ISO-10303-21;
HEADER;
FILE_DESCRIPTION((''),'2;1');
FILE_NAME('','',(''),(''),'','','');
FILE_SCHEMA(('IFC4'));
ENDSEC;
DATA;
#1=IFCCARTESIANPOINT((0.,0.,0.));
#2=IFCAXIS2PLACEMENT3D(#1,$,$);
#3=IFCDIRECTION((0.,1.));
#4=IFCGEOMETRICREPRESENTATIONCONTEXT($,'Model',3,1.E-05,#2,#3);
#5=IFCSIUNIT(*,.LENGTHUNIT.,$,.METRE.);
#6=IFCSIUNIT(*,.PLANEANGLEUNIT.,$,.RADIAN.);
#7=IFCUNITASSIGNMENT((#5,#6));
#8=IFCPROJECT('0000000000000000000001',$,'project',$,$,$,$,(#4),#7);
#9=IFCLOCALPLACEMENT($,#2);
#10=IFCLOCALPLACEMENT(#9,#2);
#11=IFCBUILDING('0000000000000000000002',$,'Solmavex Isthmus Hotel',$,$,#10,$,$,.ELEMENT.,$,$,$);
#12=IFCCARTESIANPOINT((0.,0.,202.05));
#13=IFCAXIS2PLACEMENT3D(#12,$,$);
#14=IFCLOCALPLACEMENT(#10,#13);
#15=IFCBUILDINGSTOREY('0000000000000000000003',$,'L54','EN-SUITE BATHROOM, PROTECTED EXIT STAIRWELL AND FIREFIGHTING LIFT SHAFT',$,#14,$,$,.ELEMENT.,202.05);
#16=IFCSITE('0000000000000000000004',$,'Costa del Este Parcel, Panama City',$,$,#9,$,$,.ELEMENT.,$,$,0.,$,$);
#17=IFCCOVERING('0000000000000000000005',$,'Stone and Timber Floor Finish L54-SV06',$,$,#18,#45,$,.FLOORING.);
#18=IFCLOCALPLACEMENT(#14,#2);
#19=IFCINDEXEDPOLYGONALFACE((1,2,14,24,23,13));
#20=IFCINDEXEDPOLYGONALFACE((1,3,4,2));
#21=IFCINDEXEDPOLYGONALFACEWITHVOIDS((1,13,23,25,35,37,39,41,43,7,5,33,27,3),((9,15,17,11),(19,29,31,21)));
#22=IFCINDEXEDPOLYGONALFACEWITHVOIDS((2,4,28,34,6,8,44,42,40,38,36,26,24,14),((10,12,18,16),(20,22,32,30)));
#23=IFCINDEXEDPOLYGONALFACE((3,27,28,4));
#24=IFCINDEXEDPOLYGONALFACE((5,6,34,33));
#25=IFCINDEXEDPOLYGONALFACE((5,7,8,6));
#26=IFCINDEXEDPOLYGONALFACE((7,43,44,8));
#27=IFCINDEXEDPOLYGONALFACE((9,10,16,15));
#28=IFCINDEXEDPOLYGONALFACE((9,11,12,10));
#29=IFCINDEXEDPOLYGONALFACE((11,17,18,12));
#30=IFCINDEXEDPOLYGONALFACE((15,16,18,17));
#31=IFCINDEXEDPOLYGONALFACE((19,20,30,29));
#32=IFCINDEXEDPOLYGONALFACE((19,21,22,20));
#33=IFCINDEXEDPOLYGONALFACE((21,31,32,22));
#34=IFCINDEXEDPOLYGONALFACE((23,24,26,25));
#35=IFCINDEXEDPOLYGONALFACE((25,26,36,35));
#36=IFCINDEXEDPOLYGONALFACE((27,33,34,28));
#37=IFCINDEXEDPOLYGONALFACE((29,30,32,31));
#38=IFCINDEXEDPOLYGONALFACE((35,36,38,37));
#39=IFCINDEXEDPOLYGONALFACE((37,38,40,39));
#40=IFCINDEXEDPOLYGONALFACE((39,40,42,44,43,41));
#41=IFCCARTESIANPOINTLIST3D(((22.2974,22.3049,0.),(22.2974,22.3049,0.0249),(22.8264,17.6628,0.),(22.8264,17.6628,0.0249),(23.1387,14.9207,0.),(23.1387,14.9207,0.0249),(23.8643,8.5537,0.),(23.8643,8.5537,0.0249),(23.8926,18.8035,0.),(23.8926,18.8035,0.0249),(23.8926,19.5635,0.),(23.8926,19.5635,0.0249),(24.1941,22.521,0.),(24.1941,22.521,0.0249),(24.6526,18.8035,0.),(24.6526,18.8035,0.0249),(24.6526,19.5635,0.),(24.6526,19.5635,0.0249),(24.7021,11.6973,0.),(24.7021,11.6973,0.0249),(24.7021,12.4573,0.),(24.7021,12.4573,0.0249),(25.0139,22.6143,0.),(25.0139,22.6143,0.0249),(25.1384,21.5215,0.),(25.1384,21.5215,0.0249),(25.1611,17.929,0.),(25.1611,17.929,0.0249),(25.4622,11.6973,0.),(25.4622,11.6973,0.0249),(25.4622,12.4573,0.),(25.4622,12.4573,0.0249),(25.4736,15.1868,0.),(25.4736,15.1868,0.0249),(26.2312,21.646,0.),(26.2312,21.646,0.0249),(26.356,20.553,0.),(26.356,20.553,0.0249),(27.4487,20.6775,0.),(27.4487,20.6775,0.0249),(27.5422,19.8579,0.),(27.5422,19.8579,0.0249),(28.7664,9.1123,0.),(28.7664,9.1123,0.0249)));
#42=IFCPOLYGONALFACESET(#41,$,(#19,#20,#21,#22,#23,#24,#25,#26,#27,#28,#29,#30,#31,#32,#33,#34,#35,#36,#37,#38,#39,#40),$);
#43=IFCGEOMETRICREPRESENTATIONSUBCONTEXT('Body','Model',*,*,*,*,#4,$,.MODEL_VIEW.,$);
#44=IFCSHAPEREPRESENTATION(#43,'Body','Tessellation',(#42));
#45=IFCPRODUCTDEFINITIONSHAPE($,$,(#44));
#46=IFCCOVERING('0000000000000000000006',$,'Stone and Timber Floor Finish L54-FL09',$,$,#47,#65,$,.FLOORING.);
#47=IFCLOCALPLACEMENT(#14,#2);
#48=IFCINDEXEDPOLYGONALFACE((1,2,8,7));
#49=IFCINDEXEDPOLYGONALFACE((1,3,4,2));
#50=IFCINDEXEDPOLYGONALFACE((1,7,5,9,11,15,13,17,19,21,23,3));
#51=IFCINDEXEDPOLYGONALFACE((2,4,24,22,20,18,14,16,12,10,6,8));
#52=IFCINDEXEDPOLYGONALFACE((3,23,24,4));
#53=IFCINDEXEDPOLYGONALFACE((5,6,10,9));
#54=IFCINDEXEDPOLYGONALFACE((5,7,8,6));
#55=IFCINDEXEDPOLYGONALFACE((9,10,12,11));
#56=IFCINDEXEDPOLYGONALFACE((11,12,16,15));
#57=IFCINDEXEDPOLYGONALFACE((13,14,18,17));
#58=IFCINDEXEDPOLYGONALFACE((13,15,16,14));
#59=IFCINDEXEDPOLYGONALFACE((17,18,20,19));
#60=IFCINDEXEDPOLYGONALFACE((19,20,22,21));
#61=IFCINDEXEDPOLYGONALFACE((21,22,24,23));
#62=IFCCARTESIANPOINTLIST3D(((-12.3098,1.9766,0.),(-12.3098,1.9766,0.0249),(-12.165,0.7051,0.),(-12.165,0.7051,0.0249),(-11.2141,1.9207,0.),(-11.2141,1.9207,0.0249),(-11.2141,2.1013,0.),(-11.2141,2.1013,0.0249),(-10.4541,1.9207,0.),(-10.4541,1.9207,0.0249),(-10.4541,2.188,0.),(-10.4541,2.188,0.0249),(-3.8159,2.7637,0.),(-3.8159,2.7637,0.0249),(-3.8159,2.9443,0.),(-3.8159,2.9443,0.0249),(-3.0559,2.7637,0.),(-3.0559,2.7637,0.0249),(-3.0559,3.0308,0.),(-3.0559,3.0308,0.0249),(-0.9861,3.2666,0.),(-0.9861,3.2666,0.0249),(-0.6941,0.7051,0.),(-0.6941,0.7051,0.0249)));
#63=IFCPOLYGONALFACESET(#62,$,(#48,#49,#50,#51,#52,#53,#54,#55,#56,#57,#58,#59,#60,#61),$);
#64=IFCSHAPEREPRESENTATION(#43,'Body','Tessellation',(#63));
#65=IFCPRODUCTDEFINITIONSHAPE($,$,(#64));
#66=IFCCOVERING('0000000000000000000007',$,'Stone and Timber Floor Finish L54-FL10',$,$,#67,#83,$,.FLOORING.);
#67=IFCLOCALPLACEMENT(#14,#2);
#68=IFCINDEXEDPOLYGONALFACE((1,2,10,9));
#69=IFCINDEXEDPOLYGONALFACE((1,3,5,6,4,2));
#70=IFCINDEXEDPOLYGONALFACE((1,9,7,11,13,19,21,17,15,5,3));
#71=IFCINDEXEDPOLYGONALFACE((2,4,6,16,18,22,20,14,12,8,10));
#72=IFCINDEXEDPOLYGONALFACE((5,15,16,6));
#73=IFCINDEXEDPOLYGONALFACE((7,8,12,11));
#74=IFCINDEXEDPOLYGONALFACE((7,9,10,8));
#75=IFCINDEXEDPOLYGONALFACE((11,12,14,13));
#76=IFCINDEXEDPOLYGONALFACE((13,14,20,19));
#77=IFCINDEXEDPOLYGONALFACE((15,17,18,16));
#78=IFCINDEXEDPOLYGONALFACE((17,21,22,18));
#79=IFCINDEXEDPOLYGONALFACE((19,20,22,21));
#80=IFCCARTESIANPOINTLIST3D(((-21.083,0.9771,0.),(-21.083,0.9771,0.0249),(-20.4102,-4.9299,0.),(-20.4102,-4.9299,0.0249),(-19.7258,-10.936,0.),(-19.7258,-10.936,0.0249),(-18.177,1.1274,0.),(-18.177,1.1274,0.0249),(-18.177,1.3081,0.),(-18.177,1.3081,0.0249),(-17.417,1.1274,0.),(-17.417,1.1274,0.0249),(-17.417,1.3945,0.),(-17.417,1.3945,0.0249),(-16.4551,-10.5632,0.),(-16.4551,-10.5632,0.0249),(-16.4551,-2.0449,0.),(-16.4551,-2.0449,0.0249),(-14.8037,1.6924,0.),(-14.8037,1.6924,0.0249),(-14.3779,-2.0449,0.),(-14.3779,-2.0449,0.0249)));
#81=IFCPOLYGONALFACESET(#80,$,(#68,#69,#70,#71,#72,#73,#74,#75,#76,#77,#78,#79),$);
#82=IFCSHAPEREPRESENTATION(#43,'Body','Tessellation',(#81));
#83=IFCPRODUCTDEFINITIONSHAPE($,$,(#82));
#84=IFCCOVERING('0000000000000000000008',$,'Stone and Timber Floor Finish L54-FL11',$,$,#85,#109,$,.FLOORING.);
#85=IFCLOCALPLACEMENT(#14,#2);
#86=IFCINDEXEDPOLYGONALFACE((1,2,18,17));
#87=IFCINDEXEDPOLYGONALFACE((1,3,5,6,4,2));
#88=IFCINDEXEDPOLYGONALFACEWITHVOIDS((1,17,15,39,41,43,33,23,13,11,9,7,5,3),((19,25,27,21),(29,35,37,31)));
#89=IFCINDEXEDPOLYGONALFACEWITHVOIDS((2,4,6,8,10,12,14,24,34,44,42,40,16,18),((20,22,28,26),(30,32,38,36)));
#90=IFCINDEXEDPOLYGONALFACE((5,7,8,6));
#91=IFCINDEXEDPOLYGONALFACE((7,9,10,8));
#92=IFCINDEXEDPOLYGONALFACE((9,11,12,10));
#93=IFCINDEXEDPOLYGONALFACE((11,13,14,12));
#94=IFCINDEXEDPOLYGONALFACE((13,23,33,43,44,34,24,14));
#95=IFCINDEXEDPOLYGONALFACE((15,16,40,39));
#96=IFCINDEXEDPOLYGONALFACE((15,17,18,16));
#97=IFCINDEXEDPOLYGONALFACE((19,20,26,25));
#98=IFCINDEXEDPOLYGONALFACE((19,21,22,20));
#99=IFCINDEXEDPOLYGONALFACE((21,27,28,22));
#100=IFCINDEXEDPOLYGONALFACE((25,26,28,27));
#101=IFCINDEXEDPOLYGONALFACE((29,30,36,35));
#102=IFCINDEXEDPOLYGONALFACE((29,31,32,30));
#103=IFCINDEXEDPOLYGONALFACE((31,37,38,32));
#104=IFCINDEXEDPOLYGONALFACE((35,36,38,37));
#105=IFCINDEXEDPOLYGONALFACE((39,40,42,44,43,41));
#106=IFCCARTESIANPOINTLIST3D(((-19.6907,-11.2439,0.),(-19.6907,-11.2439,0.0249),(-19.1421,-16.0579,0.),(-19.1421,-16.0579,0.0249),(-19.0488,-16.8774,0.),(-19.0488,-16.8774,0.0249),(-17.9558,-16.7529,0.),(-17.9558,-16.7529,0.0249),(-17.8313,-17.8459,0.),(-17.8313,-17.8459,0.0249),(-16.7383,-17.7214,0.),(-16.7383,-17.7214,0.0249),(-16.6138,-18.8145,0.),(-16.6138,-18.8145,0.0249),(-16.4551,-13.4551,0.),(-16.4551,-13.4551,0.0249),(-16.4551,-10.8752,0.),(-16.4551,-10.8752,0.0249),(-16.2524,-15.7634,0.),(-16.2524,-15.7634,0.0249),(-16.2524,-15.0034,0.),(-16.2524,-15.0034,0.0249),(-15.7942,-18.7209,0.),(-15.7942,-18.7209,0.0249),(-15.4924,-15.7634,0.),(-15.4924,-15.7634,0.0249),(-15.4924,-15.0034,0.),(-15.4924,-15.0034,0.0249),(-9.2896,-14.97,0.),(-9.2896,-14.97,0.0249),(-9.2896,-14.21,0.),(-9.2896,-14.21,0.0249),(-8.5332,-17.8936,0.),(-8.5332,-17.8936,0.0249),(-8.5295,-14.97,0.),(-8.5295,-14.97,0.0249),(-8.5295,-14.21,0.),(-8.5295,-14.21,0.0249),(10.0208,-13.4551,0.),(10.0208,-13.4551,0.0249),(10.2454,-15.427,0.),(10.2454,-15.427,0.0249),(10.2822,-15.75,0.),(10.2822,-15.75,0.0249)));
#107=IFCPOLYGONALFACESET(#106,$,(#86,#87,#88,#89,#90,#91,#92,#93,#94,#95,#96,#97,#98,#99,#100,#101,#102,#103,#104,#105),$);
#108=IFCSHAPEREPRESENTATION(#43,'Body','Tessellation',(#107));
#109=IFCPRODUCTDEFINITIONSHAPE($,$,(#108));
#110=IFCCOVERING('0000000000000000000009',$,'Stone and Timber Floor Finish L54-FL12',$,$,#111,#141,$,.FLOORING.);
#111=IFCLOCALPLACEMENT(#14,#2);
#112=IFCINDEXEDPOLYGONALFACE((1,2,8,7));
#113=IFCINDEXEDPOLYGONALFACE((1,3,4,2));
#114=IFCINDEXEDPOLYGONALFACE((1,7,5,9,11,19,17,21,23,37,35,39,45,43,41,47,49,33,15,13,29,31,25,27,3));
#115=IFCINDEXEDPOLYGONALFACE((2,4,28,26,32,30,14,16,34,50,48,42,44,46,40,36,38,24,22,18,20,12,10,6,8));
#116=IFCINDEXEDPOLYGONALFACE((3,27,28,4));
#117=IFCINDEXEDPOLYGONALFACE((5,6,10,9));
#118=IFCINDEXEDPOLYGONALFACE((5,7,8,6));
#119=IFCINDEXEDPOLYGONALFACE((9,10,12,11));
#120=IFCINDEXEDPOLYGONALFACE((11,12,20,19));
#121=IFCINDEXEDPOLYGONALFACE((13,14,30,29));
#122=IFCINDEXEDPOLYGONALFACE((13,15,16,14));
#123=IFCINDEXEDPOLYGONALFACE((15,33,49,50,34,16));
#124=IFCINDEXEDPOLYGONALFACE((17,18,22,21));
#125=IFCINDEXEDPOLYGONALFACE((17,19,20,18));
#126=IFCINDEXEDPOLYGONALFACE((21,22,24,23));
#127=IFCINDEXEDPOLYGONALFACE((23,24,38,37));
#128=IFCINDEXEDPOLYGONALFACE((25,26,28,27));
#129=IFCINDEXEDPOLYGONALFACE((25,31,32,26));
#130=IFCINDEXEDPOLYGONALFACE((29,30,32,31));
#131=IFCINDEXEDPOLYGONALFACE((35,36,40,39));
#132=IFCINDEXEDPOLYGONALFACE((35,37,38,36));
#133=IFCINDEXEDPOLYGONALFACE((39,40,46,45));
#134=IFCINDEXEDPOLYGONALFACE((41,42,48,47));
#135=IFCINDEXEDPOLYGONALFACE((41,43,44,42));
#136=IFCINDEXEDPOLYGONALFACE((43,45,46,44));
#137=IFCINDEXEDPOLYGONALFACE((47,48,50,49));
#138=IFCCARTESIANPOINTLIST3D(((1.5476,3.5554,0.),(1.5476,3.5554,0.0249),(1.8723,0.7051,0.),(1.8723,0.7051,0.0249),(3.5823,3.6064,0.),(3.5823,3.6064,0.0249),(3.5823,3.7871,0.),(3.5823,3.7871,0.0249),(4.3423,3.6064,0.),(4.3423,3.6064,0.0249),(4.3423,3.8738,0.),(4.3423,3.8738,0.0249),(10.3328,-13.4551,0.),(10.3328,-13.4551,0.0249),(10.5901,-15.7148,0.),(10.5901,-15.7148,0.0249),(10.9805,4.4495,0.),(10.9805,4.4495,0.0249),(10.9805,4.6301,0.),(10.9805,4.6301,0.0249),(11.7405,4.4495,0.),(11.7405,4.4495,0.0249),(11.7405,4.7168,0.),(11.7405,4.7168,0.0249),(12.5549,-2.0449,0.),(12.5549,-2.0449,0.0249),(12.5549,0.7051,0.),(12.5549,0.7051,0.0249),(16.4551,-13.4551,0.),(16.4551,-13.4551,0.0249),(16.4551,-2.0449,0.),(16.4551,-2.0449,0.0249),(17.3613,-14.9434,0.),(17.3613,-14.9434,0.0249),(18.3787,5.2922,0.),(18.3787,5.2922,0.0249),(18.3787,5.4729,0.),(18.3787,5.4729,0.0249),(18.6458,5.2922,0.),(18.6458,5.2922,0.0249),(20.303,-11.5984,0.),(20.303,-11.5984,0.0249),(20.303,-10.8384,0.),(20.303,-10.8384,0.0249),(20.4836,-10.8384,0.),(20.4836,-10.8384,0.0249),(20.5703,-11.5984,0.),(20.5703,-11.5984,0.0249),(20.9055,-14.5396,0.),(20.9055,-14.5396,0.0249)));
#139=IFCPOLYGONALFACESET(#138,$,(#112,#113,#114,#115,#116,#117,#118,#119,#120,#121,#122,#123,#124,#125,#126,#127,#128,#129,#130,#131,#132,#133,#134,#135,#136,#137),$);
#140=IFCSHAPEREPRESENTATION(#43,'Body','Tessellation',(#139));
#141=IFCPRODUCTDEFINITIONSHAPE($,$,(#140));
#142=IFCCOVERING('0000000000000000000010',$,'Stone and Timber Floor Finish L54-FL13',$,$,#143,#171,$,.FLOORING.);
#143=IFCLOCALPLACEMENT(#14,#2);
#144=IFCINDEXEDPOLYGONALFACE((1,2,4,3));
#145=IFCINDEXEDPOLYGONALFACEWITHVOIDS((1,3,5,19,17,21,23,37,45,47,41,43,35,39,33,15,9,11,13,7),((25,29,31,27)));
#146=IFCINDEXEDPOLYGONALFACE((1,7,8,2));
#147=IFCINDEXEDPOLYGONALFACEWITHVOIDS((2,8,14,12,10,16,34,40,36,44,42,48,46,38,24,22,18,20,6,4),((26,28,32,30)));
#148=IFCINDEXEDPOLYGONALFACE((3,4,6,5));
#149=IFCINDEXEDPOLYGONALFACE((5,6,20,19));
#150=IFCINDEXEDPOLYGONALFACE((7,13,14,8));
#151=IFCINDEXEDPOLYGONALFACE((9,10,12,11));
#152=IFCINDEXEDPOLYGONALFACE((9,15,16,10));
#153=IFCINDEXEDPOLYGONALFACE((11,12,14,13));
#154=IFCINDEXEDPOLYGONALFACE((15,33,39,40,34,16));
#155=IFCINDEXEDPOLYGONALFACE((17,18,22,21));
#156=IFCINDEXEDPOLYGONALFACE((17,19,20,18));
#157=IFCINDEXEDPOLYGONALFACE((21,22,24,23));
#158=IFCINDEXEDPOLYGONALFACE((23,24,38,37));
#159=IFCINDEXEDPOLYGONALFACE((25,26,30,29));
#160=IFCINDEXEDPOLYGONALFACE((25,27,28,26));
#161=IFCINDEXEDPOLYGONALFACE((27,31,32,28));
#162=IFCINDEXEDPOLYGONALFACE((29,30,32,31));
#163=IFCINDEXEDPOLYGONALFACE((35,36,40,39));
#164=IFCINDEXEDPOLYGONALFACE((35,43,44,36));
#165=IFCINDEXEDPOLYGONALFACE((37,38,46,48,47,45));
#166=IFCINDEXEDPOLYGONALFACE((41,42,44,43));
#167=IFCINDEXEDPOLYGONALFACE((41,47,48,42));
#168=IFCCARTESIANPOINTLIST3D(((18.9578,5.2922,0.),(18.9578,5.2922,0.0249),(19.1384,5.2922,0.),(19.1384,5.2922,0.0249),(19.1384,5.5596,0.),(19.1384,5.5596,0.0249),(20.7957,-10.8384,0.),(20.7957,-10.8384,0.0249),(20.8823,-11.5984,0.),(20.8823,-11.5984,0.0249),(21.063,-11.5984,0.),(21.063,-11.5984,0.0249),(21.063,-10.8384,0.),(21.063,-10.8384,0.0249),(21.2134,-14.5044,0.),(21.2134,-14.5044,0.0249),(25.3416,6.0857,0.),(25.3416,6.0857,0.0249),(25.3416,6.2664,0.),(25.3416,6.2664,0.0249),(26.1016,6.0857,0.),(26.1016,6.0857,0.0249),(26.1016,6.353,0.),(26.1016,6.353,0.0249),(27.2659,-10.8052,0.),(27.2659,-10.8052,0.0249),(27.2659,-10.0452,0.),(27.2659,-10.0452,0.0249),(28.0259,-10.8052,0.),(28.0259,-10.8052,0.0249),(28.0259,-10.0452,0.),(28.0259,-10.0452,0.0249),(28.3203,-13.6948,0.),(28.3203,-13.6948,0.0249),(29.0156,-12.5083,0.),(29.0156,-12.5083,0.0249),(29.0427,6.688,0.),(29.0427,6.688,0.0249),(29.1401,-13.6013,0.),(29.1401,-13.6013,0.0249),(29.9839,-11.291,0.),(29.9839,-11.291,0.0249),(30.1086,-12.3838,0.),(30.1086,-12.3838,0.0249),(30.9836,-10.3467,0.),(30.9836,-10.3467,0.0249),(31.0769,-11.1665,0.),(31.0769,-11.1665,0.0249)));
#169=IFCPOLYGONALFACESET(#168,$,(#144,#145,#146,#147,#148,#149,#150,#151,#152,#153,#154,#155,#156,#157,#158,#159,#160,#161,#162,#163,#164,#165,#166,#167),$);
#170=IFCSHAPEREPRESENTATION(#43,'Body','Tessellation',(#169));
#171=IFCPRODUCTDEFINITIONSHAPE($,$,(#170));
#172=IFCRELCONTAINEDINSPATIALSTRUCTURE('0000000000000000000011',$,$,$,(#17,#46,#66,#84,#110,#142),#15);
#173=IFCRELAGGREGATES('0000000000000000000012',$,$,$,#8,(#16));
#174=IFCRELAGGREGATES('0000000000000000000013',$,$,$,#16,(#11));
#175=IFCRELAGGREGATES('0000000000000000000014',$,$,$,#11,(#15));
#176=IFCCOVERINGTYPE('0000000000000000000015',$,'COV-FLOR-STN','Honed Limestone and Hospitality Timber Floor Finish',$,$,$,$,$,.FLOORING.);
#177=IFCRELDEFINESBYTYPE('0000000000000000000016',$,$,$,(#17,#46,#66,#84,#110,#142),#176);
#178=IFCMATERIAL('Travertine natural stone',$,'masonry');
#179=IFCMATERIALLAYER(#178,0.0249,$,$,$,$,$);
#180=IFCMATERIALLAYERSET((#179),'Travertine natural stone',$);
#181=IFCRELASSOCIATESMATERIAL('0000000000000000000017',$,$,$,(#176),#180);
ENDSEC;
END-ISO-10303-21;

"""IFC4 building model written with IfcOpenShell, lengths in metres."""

from ifc_helpers import new_model, si_unit, direction, frame, origin, place, context, subcontext, project, spatial, polyline, outline, extrude, material, layer, layer_set, type_object, element, save


model = new_model("IFC4")

# Units and contexts
model_context = context("Model", 3, precision=1e-05, world=origin(), true_north=direction((0.0, 1.0)))
body_context = subcontext(model_context, "Body", "Model", "MODEL_VIEW")
ifc_project = project(units=[si_unit("LENGTHUNIT", "METRE"), si_unit("PLANEANGLEUNIT", "RADIAN")], contexts=[model_context])

# Site, building, storey
site_placement = place(None, origin())
site = spatial("IfcSite", under=ifc_project, at=site_placement, Name="Costa del Este Parcel, Panama City", CompositionType="ELEMENT", RefElevation=0.0)
building_placement = place(site_placement, origin())
building = spatial("IfcBuilding", under=site, at=building_placement, Name="Solmavex Isthmus Hotel", CompositionType="ELEMENT")
storey_placement = place(building_placement, frame((0.0, 0.0, 202.05)))
storey = spatial("IfcBuildingStorey", under=building, at=storey_placement, Name="L54", Description="EN-SUITE BATHROOM, PROTECTED EXIT STAIRWELL AND FIREFIGHTING LIFT SHAFT", CompositionType="ELEMENT", Elevation=202.05)

# Coverings
ifc_material_1 = material(Name="Travertine natural stone", Category="masonry")
ifc_layer_1 = layer(ifc_material_1, 0.0249)
ifc_layer_set_1 = layer_set([ifc_layer_1], Name="Travertine natural stone")
covering_type_1 = type_object("IfcCoveringType", Name="COV-FLOR-STN", Description="Honed Limestone and Hospitality Timber Floor Finish", PredefinedType="FLOORING", material=ifc_layer_set_1)
covering_1_placement = place(storey_placement, origin())
element("IfcCovering", 1, at=covering_1_placement, inside=storey, type_object=covering_type_1, Name="Stone and Timber Floor Finish L54-SV06", PredefinedType="FLOORING", context=body_context, shape_type="SweptSolid", body=[
    extrude(outline(polyline([(25.1384, 21.5215), (25.0139, 22.6143), (24.1941, 22.521), (22.2974, 22.3049), (22.8264, 17.6628), (25.1611, 17.929), (25.4736, 15.1868), (23.1387, 14.9207), (23.8643, 8.5537), (28.7664, 9.1123), (27.5422, 19.8579), (27.4487, 20.6775), (26.356, 20.553), (26.2312, 21.646), (25.1384, 21.5215)]), holes=[polyline([(24.7021, 11.6973), (24.7021, 12.4573), (25.4622, 12.4573), (25.4622, 11.6973), (24.7021, 11.6973)]), polyline([(23.8926, 19.5635), (24.6526, 19.5635), (24.6526, 18.8035), (23.8926, 18.8035), (23.8926, 19.5635)])]), origin(), (0.0, 0.0, 1.0), 0.0249),
])
covering_2_placement = place(storey_placement, origin())
element("IfcCovering", 2, at=covering_2_placement, inside=storey, type_object=covering_type_1, Name="Stone and Timber Floor Finish L54-FL09", PredefinedType="FLOORING", context=body_context, shape_type="SweptSolid", body=[
    extrude(outline(polyline([(-10.4541, 2.188), (-10.4541, 1.9207), (-11.2141, 1.9207), (-11.2141, 2.1013), (-12.3098, 1.9766), (-12.165, 0.7051), (-0.6941, 0.7051), (-0.9861, 3.2666), (-3.0559, 3.0308), (-3.0559, 2.7637), (-3.8159, 2.7637), (-3.8159, 2.9443), (-10.4541, 2.188)])), origin(), (0.0, 0.0, 1.0), 0.0249),
])
covering_3_placement = place(storey_placement, origin())
element("IfcCovering", 3, at=covering_3_placement, inside=storey, type_object=covering_type_1, Name="Stone and Timber Floor Finish L54-FL10", PredefinedType="FLOORING", context=body_context, shape_type="SweptSolid", body=[
    extrude(outline(polyline([(-17.417, 1.3945), (-17.417, 1.1274), (-18.177, 1.1274), (-18.177, 1.3081), (-21.083, 0.9771), (-20.4102, -4.9299), (-19.7258, -10.936), (-16.4551, -10.5632), (-16.4551, -2.0449), (-14.3779, -2.0449), (-14.8037, 1.6924), (-17.417, 1.3945)])), origin(), (0.0, 0.0, 1.0), 0.0249),
])
covering_4_placement = place(storey_placement, origin())
element("IfcCovering", 4, at=covering_4_placement, inside=storey, type_object=covering_type_1, Name="Stone and Timber Floor Finish L54-FL11", PredefinedType="FLOORING", context=body_context, shape_type="SweptSolid", body=[
    extrude(outline(polyline([(-8.5332, -17.8936), (10.2822, -15.75), (10.2454, -15.427), (10.0208, -13.4551), (-16.4551, -13.4551), (-16.4551, -10.8752), (-19.6907, -11.2439), (-19.1421, -16.0579), (-19.0488, -16.8774), (-17.9558, -16.7529), (-17.8313, -17.8459), (-16.7383, -17.7214), (-16.6138, -18.8145), (-15.7942, -18.7209), (-8.5332, -17.8936)]), holes=[polyline([(-9.2896, -14.97), (-9.2896, -14.21), (-8.5295, -14.21), (-8.5295, -14.97), (-9.2896, -14.97)]), polyline([(-16.2524, -15.7634), (-16.2524, -15.0034), (-15.4924, -15.0034), (-15.4924, -15.7634), (-16.2524, -15.7634)])]), origin(), (0.0, 0.0, 1.0), 0.0249),
])
covering_5_placement = place(storey_placement, origin())
element("IfcCovering", 5, at=covering_5_placement, inside=storey, type_object=covering_type_1, Name="Stone and Timber Floor Finish L54-FL12", PredefinedType="FLOORING", context=body_context, shape_type="SweptSolid", body=[
    extrude(outline(polyline([(4.3423, 3.8738), (4.3423, 3.6064), (3.5823, 3.6064), (3.5823, 3.7871), (1.5476, 3.5554), (1.8723, 0.7051), (12.5549, 0.7051), (12.5549, -2.0449), (16.4551, -2.0449), (16.4551, -13.4551), (10.3328, -13.4551), (10.5901, -15.7148), (17.3613, -14.9434), (20.9055, -14.5396), (20.5703, -11.5984), (20.303, -11.5984), (20.303, -10.8384), (20.4836, -10.8384), (18.6458, 5.2922), (18.3787, 5.2922), (18.3787, 5.4729), (11.7405, 4.7168), (11.7405, 4.4495), (10.9805, 4.4495), (10.9805, 4.6301), (4.3423, 3.8738)])), origin(), (0.0, 0.0, 1.0), 0.0249),
])
covering_6_placement = place(storey_placement, origin())
element("IfcCovering", 6, at=covering_6_placement, inside=storey, type_object=covering_type_1, Name="Stone and Timber Floor Finish L54-FL13", PredefinedType="FLOORING", context=body_context, shape_type="SweptSolid", body=[
    extrude(outline(polyline([(20.7957, -10.8384), (21.063, -10.8384), (21.063, -11.5984), (20.8823, -11.5984), (21.2134, -14.5044), (28.3203, -13.6948), (29.1401, -13.6013), (29.0156, -12.5083), (30.1086, -12.3838), (29.9839, -11.291), (31.0769, -11.1665), (30.9836, -10.3467), (29.0427, 6.688), (26.1016, 6.353), (26.1016, 6.0857), (25.3416, 6.0857), (25.3416, 6.2664), (19.1384, 5.5596), (19.1384, 5.2922), (18.9578, 5.2922), (20.7957, -10.8384)]), holes=[polyline([(27.2659, -10.8052), (27.2659, -10.0452), (28.0259, -10.0452), (28.0259, -10.8052), (27.2659, -10.8052)])]), origin(), (0.0, 0.0, 1.0), 0.0249),
])

save(model, "model.ifc")
